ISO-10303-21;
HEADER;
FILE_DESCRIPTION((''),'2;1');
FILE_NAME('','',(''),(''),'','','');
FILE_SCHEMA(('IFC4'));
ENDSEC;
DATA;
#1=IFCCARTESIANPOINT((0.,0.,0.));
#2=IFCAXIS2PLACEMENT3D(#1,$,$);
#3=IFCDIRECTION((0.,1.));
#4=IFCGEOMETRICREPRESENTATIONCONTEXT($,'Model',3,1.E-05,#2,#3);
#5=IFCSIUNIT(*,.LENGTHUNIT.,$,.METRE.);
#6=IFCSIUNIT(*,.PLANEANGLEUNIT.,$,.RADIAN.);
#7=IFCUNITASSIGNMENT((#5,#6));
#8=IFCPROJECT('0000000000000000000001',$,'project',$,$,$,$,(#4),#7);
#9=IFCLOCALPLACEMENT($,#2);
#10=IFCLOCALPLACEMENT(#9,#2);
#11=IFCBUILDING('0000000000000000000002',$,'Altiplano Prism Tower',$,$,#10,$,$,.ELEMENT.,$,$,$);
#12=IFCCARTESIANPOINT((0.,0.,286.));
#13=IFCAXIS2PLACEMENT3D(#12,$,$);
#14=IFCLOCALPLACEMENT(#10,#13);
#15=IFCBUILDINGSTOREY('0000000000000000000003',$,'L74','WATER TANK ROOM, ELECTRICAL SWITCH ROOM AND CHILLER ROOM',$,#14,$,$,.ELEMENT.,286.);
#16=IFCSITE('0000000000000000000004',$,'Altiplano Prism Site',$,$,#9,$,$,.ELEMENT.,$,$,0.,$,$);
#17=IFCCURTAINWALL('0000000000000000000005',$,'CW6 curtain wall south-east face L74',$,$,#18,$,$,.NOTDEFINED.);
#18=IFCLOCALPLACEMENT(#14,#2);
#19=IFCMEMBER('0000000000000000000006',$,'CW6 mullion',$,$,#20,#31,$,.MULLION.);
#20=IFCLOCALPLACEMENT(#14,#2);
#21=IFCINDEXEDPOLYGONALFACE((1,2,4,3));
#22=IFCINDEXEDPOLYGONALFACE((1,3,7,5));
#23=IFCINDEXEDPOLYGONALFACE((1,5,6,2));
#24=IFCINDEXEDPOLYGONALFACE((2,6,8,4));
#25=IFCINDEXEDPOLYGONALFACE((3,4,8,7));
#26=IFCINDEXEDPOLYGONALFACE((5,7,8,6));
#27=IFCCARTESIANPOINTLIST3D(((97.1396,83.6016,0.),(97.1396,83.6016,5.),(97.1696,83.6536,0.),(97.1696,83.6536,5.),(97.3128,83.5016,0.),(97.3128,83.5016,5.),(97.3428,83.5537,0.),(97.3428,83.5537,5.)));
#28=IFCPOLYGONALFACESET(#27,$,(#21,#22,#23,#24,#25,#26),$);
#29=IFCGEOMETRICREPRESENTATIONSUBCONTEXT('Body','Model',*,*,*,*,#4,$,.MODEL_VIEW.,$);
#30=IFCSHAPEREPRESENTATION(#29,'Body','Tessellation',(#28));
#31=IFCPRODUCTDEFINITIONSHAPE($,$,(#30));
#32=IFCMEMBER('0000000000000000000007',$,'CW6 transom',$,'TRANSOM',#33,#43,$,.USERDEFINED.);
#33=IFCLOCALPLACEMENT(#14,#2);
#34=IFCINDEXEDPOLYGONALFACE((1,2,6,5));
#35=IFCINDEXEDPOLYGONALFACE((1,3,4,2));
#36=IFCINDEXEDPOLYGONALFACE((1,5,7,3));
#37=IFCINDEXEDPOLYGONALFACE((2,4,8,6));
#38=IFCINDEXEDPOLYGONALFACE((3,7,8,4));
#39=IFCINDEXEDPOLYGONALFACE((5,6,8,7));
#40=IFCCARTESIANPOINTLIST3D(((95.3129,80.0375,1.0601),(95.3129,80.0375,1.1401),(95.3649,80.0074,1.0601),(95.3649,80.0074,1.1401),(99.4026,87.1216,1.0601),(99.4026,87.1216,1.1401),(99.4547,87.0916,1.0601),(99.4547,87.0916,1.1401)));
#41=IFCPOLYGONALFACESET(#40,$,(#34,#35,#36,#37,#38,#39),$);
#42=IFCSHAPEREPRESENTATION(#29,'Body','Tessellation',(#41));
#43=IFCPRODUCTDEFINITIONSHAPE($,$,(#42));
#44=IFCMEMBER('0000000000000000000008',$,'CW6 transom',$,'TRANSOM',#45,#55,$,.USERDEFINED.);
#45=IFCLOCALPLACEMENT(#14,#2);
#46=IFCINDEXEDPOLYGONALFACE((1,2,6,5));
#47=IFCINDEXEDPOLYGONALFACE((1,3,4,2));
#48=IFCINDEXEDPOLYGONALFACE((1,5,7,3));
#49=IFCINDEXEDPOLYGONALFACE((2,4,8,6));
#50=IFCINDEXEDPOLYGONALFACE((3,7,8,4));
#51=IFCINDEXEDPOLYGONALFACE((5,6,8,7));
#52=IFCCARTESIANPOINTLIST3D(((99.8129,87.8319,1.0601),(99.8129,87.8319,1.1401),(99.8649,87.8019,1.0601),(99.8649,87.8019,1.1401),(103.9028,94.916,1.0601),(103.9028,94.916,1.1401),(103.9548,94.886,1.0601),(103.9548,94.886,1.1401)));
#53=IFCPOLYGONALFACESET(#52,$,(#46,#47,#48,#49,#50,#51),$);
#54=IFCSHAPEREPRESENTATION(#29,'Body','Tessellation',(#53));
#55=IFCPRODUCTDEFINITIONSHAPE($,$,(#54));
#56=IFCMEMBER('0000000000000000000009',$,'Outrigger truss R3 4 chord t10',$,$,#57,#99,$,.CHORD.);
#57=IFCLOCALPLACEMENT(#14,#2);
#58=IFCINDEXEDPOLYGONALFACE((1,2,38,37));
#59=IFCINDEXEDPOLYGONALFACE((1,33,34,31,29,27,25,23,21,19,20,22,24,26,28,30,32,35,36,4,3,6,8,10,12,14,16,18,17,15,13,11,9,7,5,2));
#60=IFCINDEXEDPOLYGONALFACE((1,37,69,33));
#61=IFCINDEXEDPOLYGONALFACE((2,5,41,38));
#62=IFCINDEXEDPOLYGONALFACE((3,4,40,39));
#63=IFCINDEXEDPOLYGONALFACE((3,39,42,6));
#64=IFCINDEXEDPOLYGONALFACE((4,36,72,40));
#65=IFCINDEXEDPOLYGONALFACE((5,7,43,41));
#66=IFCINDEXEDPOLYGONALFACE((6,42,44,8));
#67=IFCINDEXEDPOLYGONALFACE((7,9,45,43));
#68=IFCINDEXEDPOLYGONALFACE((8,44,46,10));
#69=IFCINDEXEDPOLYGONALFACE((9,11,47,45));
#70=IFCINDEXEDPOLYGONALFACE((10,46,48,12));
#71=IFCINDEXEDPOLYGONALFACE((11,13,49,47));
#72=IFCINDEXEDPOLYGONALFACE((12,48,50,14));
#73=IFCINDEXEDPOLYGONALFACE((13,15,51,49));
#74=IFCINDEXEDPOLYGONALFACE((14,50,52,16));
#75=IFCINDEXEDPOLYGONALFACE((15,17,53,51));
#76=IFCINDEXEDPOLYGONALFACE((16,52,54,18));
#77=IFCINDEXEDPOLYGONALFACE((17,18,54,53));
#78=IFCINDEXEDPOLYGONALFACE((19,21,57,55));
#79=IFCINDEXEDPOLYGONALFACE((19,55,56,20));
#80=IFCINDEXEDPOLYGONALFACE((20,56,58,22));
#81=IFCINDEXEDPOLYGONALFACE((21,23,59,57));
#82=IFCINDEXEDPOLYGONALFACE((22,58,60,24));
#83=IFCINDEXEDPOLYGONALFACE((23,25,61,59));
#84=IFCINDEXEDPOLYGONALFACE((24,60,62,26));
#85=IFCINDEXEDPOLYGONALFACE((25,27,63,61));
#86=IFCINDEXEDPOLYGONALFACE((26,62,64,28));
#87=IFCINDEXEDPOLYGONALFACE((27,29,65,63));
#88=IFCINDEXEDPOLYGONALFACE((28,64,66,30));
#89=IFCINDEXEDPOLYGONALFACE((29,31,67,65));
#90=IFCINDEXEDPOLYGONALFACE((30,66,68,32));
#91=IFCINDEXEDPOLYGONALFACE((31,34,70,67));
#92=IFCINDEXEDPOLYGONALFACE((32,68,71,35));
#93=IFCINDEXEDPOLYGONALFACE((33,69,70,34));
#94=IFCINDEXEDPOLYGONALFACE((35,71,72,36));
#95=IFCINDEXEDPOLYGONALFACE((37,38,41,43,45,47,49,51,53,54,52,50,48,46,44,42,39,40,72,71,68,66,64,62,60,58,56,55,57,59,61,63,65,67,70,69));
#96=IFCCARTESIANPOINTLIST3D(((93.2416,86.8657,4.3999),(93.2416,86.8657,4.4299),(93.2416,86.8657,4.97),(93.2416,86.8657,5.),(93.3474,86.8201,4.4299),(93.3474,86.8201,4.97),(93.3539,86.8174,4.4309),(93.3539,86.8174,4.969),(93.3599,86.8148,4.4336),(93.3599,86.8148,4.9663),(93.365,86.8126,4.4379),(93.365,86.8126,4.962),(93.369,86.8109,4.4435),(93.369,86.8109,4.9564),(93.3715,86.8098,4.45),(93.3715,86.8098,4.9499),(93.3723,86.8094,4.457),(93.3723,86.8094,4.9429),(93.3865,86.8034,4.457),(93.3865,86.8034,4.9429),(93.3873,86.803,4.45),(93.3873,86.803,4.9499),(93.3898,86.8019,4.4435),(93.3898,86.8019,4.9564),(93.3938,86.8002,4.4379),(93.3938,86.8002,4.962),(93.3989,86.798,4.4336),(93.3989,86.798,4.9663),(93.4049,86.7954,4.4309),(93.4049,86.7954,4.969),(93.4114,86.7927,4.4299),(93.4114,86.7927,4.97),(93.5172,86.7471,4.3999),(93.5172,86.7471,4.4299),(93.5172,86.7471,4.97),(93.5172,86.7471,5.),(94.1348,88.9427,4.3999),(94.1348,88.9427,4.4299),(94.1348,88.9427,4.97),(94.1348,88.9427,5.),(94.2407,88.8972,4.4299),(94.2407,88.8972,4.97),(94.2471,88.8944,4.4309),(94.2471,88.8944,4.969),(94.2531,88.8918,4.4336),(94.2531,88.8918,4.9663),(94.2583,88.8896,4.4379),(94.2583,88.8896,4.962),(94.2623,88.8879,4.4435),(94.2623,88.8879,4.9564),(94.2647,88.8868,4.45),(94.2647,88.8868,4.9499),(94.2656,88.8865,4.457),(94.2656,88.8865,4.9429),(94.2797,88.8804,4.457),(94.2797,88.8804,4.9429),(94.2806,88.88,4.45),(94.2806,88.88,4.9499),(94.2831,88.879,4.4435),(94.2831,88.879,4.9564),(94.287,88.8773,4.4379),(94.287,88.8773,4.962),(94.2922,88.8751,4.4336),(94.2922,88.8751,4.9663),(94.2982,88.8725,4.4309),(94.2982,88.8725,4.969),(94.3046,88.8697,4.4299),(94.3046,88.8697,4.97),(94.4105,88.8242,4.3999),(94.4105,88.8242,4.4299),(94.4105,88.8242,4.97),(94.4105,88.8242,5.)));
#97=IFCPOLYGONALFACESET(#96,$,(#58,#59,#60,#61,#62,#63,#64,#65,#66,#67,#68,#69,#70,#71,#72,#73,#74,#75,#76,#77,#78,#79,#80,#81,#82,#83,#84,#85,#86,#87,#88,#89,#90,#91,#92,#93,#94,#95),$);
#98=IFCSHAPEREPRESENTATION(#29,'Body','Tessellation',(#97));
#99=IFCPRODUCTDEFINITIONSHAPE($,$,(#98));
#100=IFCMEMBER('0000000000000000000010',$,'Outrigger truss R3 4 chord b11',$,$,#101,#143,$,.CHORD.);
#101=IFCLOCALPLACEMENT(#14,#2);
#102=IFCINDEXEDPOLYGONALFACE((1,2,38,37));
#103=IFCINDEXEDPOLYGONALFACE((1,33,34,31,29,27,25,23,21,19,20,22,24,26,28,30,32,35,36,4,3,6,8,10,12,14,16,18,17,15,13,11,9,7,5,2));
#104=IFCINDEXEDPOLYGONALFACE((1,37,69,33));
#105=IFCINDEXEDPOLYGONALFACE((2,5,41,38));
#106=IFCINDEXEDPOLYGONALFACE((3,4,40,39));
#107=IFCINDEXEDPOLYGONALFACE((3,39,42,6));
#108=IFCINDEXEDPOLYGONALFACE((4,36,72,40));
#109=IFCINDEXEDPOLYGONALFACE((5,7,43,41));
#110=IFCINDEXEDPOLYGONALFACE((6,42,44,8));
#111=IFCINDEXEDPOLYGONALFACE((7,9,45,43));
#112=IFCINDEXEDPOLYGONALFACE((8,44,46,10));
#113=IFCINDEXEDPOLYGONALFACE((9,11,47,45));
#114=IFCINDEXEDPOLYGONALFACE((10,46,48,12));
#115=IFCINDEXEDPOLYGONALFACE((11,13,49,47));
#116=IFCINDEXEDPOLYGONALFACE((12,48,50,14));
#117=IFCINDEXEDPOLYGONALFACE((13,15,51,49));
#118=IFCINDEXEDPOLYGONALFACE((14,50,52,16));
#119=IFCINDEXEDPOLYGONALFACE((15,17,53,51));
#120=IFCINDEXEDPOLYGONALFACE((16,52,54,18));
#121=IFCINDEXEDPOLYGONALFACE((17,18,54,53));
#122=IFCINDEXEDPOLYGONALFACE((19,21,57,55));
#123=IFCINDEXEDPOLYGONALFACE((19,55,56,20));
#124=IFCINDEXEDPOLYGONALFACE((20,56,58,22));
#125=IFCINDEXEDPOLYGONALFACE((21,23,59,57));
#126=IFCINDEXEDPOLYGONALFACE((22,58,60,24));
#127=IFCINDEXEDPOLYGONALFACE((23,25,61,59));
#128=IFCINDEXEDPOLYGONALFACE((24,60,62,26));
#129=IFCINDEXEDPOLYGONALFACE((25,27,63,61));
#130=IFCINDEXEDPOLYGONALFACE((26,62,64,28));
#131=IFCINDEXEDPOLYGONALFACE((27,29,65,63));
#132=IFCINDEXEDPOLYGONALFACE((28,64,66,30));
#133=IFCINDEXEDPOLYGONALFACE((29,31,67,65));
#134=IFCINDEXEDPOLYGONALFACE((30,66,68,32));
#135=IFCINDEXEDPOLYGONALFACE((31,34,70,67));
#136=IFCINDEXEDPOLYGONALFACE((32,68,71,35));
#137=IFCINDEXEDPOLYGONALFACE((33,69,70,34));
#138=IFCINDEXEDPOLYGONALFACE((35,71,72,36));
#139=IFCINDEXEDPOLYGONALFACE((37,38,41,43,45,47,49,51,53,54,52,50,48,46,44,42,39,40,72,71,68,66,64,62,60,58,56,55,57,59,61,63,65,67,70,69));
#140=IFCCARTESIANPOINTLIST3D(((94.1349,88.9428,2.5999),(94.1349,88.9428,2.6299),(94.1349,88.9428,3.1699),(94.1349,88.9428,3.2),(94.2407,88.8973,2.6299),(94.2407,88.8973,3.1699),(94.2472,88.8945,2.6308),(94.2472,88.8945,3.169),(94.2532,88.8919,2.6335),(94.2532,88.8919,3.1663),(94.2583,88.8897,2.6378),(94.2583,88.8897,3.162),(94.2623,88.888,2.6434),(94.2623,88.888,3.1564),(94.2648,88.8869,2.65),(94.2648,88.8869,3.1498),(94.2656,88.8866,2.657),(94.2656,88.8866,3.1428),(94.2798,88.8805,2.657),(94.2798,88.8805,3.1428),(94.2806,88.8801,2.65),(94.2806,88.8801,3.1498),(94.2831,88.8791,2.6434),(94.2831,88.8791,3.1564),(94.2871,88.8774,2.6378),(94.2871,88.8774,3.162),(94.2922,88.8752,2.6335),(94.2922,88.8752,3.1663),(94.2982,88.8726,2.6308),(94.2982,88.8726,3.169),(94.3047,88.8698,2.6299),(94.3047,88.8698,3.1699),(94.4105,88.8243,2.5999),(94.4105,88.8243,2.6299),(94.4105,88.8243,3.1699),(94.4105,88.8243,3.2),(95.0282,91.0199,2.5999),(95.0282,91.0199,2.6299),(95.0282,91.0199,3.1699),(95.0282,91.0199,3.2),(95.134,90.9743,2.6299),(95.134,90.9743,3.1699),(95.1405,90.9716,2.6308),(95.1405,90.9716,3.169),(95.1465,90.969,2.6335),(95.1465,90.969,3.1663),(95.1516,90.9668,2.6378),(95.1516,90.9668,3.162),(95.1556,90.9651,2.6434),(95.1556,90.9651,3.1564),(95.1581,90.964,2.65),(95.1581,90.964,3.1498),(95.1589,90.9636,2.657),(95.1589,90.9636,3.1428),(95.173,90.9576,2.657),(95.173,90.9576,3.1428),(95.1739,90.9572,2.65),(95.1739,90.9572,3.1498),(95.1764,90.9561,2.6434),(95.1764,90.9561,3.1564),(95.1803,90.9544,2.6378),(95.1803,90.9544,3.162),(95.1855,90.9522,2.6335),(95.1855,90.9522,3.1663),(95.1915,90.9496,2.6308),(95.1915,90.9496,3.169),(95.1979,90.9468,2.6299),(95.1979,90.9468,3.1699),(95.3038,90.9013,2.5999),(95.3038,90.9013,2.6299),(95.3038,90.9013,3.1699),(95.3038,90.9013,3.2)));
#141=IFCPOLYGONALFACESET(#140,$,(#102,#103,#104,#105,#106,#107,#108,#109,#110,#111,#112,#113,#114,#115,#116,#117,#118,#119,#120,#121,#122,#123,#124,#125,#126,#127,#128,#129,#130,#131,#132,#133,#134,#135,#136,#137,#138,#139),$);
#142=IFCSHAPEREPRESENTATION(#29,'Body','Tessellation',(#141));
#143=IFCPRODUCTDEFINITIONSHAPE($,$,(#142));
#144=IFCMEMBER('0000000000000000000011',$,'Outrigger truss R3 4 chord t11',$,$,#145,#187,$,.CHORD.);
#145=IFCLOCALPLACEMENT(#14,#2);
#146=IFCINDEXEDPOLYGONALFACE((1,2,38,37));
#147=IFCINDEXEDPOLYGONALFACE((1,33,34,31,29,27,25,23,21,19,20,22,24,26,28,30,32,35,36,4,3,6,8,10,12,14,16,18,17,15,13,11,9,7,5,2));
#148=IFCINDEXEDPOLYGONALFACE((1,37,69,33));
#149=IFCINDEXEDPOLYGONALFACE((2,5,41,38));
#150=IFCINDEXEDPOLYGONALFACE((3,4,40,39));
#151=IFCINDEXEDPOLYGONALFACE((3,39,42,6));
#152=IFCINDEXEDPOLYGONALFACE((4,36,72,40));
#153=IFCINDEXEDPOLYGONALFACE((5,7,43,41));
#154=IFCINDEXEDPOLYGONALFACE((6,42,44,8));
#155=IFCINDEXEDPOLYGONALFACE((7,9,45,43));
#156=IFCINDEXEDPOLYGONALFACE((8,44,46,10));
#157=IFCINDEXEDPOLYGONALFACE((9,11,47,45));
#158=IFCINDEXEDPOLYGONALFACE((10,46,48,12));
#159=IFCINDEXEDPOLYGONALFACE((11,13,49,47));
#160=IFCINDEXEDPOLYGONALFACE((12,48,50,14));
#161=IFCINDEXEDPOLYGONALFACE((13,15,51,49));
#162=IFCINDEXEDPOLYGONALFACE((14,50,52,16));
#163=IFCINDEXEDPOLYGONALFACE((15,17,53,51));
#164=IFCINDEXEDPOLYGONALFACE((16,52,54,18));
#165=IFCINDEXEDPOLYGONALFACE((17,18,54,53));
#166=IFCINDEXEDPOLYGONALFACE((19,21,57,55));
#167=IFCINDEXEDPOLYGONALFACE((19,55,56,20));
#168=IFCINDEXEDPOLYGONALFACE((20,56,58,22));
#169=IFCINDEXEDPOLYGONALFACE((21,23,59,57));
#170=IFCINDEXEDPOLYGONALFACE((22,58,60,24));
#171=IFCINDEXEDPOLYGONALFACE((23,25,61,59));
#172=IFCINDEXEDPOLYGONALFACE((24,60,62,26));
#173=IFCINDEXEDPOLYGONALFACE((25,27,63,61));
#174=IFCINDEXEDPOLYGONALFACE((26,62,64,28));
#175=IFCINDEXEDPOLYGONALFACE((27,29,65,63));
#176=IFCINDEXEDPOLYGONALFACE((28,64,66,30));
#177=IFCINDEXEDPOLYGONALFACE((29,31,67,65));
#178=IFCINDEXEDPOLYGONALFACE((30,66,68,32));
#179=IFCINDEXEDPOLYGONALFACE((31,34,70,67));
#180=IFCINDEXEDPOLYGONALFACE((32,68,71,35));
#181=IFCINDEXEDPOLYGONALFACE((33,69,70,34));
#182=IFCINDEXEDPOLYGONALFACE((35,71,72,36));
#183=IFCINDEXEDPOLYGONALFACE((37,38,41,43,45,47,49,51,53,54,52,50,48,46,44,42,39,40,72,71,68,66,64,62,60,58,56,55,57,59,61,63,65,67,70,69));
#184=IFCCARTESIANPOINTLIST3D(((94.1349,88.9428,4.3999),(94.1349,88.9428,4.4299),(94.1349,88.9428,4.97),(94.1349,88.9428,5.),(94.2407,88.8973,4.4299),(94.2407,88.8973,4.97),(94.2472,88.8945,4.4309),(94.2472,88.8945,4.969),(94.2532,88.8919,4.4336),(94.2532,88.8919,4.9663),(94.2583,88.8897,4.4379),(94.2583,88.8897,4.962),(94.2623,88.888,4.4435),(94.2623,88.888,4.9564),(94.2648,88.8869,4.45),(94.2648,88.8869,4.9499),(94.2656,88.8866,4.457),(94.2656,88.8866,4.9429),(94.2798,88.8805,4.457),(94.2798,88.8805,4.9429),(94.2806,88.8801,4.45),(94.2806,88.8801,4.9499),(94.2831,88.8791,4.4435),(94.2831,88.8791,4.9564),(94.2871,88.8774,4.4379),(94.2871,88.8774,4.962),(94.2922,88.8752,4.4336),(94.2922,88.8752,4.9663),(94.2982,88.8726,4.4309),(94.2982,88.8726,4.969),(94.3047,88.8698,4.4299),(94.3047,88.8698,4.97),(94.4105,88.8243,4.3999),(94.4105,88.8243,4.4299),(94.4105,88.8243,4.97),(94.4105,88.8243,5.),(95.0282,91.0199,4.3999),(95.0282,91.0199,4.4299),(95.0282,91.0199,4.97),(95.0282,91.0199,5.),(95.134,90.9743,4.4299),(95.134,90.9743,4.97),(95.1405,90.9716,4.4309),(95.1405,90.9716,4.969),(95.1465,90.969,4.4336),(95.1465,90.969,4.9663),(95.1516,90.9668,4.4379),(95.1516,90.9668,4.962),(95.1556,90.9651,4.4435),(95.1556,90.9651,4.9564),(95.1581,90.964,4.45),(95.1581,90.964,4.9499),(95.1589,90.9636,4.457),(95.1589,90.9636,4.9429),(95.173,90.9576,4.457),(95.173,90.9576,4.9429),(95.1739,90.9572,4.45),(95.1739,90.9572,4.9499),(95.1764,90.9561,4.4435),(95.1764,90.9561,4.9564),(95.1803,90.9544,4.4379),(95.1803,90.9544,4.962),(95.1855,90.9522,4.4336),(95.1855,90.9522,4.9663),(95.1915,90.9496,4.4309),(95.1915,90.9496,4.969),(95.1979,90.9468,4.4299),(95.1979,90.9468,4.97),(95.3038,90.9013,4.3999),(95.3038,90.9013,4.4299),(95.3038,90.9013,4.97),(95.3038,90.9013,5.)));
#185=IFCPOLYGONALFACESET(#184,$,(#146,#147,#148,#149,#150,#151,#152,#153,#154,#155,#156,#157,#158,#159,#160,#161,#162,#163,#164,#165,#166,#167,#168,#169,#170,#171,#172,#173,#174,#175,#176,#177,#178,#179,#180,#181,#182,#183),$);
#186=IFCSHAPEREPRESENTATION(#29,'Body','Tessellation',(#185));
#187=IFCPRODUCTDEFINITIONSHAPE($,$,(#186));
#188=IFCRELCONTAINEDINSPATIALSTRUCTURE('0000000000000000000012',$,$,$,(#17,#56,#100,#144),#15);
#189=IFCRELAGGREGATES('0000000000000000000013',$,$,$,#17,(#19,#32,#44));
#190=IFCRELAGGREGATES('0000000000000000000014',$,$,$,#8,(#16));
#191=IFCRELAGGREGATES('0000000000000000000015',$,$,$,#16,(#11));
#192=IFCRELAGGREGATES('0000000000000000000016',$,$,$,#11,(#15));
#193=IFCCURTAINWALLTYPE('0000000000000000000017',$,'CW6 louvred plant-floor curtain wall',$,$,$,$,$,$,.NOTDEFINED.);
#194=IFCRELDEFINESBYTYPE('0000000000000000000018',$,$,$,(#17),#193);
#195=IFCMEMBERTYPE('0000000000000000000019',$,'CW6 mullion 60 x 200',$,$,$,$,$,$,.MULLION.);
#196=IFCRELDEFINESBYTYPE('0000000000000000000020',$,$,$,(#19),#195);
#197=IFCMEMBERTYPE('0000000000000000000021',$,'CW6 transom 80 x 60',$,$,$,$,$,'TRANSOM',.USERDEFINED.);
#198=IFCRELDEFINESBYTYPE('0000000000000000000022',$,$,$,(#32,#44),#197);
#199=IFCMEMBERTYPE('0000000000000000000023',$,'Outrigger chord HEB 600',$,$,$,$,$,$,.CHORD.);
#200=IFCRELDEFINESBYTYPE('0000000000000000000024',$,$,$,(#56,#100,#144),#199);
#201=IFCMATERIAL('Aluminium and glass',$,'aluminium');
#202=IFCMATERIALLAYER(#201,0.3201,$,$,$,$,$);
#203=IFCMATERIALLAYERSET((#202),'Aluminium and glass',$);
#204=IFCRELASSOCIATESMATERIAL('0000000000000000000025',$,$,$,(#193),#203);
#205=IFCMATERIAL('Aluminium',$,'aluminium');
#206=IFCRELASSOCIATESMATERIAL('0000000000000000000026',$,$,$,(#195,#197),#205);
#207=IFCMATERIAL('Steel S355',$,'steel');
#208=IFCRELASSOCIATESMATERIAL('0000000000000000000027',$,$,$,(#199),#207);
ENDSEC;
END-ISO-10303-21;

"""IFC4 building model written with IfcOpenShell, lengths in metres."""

from ifc_helpers import new_model, si_unit, direction, frame, origin, origin_2d, place, context, subcontext, project, spatial, rectangle, i_section, extrude, material, layer, layer_set, material_profile, profile_set, type_object, element, aggregate, save


model = new_model("IFC4")

# Units and contexts
model_context = context("Model", 3, precision=1e-05, world=origin(), true_north=direction((0.0, 1.0)))
body_context = subcontext(model_context, "Body", "Model", "MODEL_VIEW")
ifc_project = project(units=[si_unit("LENGTHUNIT", "METRE"), si_unit("PLANEANGLEUNIT", "RADIAN")], contexts=[model_context])

# Site, building, storey
site_placement = place(None, origin())
site = spatial("IfcSite", under=ifc_project, at=site_placement, Name="Altiplano Prism Site", CompositionType="ELEMENT", RefElevation=0.0)
building_placement = place(site_placement, origin())
building = spatial("IfcBuilding", under=site, at=building_placement, Name="Altiplano Prism Tower", CompositionType="ELEMENT")
storey_placement = place(building_placement, frame((0.0, 0.0, 286.0)))
storey = spatial("IfcBuildingStorey", under=building, at=storey_placement, Name="L74", Description="WATER TANK ROOM, ELECTRICAL SWITCH ROOM AND CHILLER ROOM", CompositionType="ELEMENT", Elevation=286.0)

# Shared definitions
ifc_material_1 = material(Name="Steel S355", Category="steel")

# Curtain wall, members
ifc_material_2 = material(Name="Aluminium and glass", Category="aluminium")
ifc_layer_1 = layer(ifc_material_2, 0.3201)
ifc_layer_set_1 = layer_set([ifc_layer_1], Name="Aluminium and glass")
curtain_wall_type = type_object("IfcCurtainWallType", Name="CW6 louvred plant-floor curtain wall", PredefinedType="NOTDEFINED", material=ifc_layer_set_1)
curtain_wall_placement = place(storey_placement, origin())
curtain_wall = element("IfcCurtainWall", 1, at=curtain_wall_placement, inside=storey, type_object=curtain_wall_type, Name="CW6 curtain wall south-east face L74", PredefinedType="NOTDEFINED")
ifc_material_3 = material(Name="Aluminium", Category="aluminium")
ifc_material_profile_1 = material_profile(ifc_material_3, rectangle(XDim=0.2, YDim=0.0601, at=origin_2d()), Name="CW6 mullion 60 x 200")
ifc_profile_set_1 = profile_set([ifc_material_profile_1], Name="Aluminium")
member_type_1 = type_object("IfcMemberType", Name="CW6 mullion 60 x 200", PredefinedType="MULLION", material=ifc_profile_set_1)
member_1_placement = place(storey_placement, frame((97.2412, 83.5776, 0.0), z_axis=(0.0, 0.0, 1.0), x_axis=(-0.866025, 0.5, 0.0)))
member_1 = element("IfcMember", 2, at=member_1_placement, type_object=member_type_1, Name="CW6 mullion", PredefinedType="MULLION", context=body_context, shape_type="SweptSolid", body=[
    extrude(rectangle(XDim=0.2, YDim=0.0601, at=origin_2d()), origin(), (0.0, 0.0, 1.0), 5.0),
])
ifc_material_profile_2 = material_profile(ifc_material_3, rectangle(XDim=0.0601, YDim=0.0801, at=origin_2d()), Name="CW6 transom 80 x 60")
ifc_profile_set_2 = profile_set([ifc_material_profile_2], Name="Aluminium")
member_type_2 = type_object("IfcMemberType", Name="CW6 transom 80 x 60", ElementType="TRANSOM", PredefinedType="USERDEFINED", material=ifc_profile_set_2)
member_2_placement = place(storey_placement, frame((95.3389, 80.0225, 1.1001), z_axis=(0.499978, 0.866038, 0.0), x_axis=(-0.866038, 0.499978, 0.0)))
member_2 = element("IfcMember", 3, at=member_2_placement, type_object=member_type_2, Name="CW6 transom", ObjectType="TRANSOM", PredefinedType="USERDEFINED", context=body_context, shape_type="SweptSolid", body=[
    extrude(rectangle(XDim=0.0601, YDim=0.0801, at=origin_2d()), origin(), (0.0, 0.0, 1.0), 8.1799),
])
member_3_placement = place(storey_placement, frame((99.8389, 87.8169, 1.1001), z_axis=(0.499991, 0.866031, 0.0), x_axis=(-0.866031, 0.499991, 0.0)))
member_3 = element("IfcMember", 4, at=member_3_placement, type_object=member_type_2, Name="CW6 transom", ObjectType="TRANSOM", PredefinedType="USERDEFINED", context=body_context, shape_type="SweptSolid", body=[
    extrude(rectangle(XDim=0.0601, YDim=0.0801, at=origin_2d()), origin(), (0.0, 0.0, 1.0), 8.1799),
])

# Members
ifc_material_profile_3 = material_profile(ifc_material_1, i_section(OverallWidth=0.3, OverallDepth=0.6001, WebThickness=0.0154, FlangeThickness=0.03, FilletRadius=0.0271, at=origin_2d()), Name="Outrigger chord HEB 600")
ifc_profile_set_3 = profile_set([ifc_material_profile_3], Name="Steel S355")
member_type_3 = type_object("IfcMemberType", Name="Outrigger chord HEB 600", PredefinedType="CHORD", material=ifc_profile_set_3)
for number, where, z_axis, x_axis, name in (
    (5, (93.3794, 86.8064, 4.7), (0.395079, 0.918647, 0.0), (-0.918647, 0.395079, 0.0), "Outrigger truss R3 4 chord t10"),
    (6, (94.2727, 88.8835, 2.8999), (0.395079, 0.918647, 0.0), (-0.918647, 0.395079, 0.0), "Outrigger truss R3 4 chord b11"),
    (7, (94.2727, 88.8835, 4.7), (0.395079, 0.918647, 0.0), (-0.918647, 0.395079, 0.0), "Outrigger truss R3 4 chord t11"),
):
    element("IfcMember", number, at=place(storey_placement, frame(where, z_axis=z_axis, x_axis=x_axis)), inside=storey, type_object=member_type_3, Name=name, PredefinedType="CHORD", context=body_context, shape_type="SweptSolid", body=[
        extrude(i_section(OverallWidth=0.3, OverallDepth=0.6001, WebThickness=0.0154, FlangeThickness=0.03, FilletRadius=0.0271, at=origin_2d()), origin(), (0.0, 0.0, 1.0), 2.261),
    ])

aggregate(curtain_wall, [member_1, member_2, member_3])

save(model, "model.ifc")
